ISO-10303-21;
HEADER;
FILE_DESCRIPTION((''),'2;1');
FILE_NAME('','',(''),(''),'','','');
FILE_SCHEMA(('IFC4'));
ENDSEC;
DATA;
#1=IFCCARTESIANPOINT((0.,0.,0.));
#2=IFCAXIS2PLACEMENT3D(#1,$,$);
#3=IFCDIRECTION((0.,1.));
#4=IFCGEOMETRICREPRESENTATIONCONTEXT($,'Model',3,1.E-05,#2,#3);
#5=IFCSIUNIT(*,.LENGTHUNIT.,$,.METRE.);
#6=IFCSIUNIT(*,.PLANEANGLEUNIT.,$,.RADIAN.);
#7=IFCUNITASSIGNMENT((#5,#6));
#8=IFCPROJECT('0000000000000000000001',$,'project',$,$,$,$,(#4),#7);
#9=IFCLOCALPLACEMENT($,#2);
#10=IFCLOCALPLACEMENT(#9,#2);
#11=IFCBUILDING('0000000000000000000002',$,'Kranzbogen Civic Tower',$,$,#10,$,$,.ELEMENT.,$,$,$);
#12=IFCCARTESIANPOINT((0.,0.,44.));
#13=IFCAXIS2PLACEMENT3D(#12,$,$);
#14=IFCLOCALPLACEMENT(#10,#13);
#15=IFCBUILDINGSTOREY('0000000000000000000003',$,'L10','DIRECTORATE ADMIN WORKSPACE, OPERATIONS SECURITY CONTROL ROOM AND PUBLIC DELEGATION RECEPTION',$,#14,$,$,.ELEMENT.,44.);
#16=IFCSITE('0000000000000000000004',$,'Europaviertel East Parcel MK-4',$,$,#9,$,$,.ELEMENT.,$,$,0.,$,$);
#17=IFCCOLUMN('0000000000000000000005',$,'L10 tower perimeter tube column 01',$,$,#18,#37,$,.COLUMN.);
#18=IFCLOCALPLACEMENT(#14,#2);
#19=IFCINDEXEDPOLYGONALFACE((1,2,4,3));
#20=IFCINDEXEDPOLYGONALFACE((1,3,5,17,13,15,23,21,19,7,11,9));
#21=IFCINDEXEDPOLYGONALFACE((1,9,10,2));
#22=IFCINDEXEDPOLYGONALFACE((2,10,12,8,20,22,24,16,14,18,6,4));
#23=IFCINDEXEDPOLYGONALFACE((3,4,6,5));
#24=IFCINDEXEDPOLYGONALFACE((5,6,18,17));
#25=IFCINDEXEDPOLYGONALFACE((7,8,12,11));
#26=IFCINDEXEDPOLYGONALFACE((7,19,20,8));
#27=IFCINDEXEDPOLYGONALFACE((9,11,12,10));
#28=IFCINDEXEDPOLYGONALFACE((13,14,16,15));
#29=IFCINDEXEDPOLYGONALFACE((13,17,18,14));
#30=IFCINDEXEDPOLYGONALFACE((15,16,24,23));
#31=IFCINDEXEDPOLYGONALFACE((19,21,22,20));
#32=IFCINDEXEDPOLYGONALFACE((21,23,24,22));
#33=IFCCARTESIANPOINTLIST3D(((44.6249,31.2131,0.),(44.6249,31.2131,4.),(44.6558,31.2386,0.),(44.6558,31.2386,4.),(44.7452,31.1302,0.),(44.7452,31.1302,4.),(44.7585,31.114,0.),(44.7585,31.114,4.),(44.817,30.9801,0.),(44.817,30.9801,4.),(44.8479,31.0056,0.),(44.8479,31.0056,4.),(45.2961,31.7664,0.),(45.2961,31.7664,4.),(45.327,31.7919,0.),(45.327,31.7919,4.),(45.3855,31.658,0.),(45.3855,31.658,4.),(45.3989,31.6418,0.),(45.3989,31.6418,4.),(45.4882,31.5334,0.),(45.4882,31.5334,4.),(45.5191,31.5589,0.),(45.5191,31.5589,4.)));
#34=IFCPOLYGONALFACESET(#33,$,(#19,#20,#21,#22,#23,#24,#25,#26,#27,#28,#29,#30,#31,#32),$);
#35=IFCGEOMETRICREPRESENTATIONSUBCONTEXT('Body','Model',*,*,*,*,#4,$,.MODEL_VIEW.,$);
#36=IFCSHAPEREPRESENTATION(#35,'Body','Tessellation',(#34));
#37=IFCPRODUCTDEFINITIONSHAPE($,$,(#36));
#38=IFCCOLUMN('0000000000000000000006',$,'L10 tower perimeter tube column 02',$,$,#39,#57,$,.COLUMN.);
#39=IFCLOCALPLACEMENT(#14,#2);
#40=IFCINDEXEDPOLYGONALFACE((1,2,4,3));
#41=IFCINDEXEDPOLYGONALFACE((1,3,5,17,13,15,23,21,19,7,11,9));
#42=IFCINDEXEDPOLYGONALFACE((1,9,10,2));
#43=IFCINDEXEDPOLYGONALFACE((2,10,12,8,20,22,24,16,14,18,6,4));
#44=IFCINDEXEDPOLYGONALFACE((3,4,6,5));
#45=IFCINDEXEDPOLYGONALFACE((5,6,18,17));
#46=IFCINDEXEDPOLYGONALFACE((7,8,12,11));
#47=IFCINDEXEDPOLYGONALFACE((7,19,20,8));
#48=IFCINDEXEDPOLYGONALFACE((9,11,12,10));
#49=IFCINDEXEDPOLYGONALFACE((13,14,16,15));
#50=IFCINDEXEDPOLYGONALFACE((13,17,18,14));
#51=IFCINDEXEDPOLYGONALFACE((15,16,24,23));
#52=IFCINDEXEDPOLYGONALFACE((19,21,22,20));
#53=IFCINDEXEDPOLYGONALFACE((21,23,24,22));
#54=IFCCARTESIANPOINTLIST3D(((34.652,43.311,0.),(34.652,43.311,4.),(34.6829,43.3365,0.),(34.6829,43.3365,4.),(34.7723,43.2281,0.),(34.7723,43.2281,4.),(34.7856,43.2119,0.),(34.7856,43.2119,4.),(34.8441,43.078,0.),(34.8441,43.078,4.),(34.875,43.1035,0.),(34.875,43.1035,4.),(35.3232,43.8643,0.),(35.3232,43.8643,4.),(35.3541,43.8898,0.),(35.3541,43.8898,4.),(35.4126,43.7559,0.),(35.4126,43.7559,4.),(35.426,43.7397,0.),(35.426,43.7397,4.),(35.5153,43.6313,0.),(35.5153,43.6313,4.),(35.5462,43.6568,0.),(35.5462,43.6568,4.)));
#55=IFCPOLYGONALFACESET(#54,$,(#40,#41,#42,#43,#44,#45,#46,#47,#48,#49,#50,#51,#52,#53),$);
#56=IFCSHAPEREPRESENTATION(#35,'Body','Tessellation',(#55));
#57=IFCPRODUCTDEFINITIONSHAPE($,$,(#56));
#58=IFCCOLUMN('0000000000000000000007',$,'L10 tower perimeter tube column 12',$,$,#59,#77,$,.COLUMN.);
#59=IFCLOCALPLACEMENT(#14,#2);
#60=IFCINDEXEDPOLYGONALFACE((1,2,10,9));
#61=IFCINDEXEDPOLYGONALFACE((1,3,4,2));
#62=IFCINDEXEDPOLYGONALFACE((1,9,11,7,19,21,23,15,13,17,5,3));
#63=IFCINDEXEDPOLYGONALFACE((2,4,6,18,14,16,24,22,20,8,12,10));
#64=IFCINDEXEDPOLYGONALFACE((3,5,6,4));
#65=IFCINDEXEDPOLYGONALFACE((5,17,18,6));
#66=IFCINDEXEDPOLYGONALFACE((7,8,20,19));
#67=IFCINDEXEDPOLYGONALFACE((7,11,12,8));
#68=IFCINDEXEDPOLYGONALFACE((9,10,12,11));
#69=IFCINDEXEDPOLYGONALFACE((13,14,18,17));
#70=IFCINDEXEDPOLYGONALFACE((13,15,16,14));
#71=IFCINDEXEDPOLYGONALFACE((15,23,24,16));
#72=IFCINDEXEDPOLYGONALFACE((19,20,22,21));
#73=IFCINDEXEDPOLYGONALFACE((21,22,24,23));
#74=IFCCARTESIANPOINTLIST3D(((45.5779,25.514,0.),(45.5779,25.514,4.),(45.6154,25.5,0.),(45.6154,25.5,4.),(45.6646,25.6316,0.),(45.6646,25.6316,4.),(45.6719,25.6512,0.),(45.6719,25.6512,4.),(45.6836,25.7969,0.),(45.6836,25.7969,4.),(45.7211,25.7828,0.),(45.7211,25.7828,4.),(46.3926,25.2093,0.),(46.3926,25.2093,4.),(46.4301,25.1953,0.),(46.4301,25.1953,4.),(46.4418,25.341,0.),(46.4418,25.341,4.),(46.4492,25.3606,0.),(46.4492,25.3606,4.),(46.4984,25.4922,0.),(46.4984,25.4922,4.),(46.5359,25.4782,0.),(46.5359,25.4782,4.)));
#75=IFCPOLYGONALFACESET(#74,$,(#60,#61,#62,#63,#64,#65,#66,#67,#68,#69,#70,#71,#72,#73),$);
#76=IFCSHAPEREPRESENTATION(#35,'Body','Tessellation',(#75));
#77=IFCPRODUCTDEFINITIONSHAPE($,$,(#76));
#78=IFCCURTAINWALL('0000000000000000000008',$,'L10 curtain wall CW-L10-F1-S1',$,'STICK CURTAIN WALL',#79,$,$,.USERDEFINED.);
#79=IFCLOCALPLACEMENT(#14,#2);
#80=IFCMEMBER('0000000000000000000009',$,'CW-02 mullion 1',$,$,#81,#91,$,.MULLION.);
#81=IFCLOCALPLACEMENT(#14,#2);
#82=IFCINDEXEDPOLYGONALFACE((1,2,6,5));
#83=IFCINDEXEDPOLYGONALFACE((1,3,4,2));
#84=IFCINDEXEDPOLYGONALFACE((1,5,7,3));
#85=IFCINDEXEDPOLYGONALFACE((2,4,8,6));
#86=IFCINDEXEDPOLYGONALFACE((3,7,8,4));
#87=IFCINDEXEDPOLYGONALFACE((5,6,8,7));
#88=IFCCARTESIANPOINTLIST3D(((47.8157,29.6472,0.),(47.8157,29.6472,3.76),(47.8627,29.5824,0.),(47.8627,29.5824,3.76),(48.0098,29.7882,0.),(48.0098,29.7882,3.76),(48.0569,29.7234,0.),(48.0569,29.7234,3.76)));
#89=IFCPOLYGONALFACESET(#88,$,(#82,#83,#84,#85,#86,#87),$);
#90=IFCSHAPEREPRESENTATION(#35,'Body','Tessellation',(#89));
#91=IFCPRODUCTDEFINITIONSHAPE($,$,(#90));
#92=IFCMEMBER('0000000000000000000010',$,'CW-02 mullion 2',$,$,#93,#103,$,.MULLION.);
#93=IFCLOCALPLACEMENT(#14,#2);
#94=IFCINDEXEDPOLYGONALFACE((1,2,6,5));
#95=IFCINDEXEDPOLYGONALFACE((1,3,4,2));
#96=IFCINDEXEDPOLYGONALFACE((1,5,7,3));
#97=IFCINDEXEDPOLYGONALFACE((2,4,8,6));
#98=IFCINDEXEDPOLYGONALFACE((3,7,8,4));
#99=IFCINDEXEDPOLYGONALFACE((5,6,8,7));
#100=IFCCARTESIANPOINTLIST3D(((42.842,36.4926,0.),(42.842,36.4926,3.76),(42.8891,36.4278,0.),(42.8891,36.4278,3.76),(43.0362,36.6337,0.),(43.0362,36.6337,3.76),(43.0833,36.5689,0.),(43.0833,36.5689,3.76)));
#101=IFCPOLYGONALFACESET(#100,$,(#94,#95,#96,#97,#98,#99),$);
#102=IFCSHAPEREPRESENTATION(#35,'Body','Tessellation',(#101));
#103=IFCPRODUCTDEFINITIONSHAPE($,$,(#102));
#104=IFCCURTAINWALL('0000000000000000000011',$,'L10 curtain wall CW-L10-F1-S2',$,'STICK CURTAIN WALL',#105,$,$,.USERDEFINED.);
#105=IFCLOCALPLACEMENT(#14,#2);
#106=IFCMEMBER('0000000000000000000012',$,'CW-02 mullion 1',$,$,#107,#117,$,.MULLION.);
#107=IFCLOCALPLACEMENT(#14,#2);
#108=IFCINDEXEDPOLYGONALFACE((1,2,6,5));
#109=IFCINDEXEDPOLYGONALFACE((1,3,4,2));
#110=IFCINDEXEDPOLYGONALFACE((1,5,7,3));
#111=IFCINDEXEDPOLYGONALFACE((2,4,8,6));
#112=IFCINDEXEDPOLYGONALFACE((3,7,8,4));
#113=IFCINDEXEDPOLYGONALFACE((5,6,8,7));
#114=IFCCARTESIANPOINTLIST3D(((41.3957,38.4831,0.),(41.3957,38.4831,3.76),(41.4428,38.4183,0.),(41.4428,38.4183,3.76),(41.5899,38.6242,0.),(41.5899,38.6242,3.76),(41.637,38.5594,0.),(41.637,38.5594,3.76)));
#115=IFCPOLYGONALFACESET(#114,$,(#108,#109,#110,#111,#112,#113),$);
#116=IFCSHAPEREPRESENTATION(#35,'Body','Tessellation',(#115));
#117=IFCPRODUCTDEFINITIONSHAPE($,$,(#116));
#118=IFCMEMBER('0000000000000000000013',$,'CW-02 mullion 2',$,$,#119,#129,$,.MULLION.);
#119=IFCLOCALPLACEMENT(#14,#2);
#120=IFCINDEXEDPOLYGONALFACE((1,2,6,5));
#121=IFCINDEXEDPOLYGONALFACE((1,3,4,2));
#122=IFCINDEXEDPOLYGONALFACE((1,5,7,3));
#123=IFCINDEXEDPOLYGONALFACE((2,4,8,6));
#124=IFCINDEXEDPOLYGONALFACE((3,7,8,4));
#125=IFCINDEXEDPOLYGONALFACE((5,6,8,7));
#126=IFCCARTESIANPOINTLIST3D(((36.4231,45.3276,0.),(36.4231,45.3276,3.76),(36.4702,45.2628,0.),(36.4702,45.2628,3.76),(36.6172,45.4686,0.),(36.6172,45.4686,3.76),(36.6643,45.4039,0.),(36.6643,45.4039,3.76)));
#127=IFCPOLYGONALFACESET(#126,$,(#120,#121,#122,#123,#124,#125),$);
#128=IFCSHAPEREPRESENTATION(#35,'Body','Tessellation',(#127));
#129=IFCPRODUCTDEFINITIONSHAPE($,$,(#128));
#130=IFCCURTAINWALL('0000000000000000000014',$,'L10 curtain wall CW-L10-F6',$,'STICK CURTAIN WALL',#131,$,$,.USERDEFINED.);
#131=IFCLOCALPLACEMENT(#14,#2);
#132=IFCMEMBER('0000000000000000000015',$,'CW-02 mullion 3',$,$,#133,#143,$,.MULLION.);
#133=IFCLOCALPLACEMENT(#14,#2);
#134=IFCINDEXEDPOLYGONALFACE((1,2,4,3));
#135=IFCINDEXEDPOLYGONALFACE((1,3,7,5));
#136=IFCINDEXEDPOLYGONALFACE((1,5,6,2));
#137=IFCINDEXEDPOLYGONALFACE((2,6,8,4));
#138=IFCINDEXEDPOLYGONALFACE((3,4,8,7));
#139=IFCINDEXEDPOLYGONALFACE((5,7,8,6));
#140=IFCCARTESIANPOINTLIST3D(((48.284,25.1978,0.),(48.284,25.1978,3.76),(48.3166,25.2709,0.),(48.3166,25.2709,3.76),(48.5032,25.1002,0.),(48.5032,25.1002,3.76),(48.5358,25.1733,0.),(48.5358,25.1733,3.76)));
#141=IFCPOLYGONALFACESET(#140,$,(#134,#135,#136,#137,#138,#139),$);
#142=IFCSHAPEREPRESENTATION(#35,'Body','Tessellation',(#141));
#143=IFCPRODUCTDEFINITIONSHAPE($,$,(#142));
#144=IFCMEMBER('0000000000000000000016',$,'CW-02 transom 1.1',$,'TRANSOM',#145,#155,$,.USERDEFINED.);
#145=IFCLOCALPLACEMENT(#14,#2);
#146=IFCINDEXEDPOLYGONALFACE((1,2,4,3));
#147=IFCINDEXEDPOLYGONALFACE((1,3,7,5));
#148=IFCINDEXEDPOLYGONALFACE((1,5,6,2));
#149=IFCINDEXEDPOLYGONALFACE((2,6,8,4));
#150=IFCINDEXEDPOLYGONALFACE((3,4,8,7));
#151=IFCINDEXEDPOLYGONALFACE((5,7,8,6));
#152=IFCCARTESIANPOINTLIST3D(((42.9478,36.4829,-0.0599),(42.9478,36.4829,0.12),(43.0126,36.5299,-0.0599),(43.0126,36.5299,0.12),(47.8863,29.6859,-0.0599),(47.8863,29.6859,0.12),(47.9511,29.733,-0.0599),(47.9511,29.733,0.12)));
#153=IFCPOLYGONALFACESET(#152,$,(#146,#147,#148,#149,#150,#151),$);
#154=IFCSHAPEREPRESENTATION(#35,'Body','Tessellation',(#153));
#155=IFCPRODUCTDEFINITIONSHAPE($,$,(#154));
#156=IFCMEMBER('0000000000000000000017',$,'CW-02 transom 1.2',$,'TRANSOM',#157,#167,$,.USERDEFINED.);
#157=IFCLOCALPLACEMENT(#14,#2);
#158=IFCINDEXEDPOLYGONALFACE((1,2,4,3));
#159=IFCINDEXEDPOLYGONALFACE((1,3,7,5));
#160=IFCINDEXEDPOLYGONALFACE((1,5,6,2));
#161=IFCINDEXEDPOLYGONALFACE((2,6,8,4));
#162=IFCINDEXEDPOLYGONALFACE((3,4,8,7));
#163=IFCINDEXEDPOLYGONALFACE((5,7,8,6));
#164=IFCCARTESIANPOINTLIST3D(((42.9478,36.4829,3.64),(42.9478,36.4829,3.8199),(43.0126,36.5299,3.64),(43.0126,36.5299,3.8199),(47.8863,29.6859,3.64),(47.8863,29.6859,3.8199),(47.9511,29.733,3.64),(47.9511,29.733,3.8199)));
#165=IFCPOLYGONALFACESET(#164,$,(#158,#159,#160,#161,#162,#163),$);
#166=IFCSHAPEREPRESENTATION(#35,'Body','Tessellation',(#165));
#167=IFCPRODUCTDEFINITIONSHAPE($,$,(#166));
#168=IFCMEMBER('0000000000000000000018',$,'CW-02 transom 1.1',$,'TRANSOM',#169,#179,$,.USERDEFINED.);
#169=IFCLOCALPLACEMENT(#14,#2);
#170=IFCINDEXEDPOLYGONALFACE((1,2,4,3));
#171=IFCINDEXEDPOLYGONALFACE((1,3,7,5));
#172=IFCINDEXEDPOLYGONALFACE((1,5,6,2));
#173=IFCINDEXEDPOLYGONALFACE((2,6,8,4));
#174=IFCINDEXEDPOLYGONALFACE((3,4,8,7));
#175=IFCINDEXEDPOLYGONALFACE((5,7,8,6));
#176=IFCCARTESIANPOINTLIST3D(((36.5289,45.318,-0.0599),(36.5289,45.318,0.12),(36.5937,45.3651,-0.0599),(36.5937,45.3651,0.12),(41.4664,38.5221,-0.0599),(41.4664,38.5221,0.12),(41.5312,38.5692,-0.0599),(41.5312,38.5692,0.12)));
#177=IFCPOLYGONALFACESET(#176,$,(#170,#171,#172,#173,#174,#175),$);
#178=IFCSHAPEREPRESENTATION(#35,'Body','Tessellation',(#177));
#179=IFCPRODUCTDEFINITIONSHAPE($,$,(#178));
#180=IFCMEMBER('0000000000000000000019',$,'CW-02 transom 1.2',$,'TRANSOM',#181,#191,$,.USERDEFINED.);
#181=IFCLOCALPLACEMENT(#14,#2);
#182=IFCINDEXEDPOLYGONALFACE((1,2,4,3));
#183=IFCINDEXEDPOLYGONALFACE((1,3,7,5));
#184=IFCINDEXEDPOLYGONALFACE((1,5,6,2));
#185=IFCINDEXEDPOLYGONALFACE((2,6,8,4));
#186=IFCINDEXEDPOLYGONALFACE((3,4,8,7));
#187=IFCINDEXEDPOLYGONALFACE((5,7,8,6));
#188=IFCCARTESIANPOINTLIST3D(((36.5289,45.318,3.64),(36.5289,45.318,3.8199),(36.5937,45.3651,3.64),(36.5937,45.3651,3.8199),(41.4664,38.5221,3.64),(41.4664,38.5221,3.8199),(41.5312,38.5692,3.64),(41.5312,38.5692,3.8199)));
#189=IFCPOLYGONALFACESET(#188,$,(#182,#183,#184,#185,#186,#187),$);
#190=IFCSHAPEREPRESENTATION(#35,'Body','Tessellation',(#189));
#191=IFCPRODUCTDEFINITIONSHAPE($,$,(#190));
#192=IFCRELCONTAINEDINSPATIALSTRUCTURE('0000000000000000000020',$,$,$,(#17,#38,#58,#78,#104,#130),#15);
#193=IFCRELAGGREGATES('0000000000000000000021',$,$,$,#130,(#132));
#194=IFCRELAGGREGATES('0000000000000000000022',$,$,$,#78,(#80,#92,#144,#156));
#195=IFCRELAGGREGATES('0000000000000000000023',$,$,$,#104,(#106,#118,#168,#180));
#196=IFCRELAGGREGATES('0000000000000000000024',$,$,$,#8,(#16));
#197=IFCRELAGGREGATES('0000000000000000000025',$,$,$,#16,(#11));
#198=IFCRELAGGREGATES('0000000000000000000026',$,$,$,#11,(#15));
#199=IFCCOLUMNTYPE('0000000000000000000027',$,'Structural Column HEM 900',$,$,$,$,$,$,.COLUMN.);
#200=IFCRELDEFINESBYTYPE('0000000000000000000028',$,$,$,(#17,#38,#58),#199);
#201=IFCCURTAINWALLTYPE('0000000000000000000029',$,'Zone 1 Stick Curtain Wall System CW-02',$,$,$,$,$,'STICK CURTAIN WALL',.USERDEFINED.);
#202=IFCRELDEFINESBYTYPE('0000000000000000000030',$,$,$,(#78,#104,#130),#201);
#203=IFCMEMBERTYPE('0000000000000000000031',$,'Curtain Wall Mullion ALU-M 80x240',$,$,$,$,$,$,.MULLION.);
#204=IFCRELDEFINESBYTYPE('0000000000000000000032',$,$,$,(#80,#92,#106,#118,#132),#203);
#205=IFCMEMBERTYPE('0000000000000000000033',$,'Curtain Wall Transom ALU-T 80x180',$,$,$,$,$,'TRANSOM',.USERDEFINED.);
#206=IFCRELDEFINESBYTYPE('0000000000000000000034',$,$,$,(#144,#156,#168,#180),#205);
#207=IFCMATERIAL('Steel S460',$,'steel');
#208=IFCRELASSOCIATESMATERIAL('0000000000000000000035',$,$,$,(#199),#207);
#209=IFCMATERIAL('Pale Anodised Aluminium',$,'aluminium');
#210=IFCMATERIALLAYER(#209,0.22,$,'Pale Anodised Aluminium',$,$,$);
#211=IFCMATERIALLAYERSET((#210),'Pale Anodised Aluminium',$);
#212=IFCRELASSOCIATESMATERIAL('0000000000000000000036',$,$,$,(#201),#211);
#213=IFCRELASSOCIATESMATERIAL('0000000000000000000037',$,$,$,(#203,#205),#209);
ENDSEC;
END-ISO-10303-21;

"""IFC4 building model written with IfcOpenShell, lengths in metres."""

from ifc_helpers import new_model, si_unit, direction, frame, origin, origin_2d, place, context, subcontext, project, spatial, rectangle, i_section, extrude, material, layer, layer_set, material_profile, profile_set, type_object, element, aggregate, save


model = new_model("IFC4")

# Units and contexts
model_context = context("Model", 3, precision=1e-05, world=origin(), true_north=direction((0.0, 1.0)))
body_context = subcontext(model_context, "Body", "Model", "MODEL_VIEW")
ifc_project = project(units=[si_unit("LENGTHUNIT", "METRE"), si_unit("PLANEANGLEUNIT", "RADIAN")], contexts=[model_context])

# Site, building, storey
site_placement = place(None, origin())
site = spatial("IfcSite", under=ifc_project, at=site_placement, Name="Europaviertel East Parcel MK-4", CompositionType="ELEMENT", RefElevation=0.0)
building_placement = place(site_placement, origin())
building = spatial("IfcBuilding", under=site, at=building_placement, Name="Kranzbogen Civic Tower", CompositionType="ELEMENT")
storey_placement = place(building_placement, frame((0.0, 0.0, 44.0)))
storey = spatial("IfcBuildingStorey", under=building, at=storey_placement, Name="L10", Description="DIRECTORATE ADMIN WORKSPACE, OPERATIONS SECURITY CONTROL ROOM AND PUBLIC DELEGATION RECEPTION", CompositionType="ELEMENT", Elevation=44.0)

# Columns
ifc_material_1 = material(Name="Steel S460", Category="steel")
ifc_material_profile_1 = material_profile(ifc_material_1, i_section(OverallWidth=0.302, OverallDepth=0.9099, WebThickness=0.021, FlangeThickness=0.04, at=origin_2d()), Name="HEM 900")
ifc_profile_set_1 = profile_set([ifc_material_profile_1], Name="Steel S460")
column_type = type_object("IfcColumnType", Name="Structural Column HEM 900", PredefinedType="COLUMN", material=ifc_profile_set_1)
for number, where, z_axis, x_axis, name in (
    (1, (45.072, 31.386, 0.0), (0.0, 0.0, 1.0), (-0.636078, 0.771625, 0.0), "L10 tower perimeter tube column 01"),
    (2, (35.0991, 43.4839, 0.0), (0.0, 0.0, 1.0), (-0.636078, 0.771625, 0.0), "L10 tower perimeter tube column 02"),
    (3, (46.0569, 25.4961, 0.0), (0.0, 0.0, 1.0), (0.350207, 0.936672, 0.0), "L10 tower perimeter tube column 12"),
):
    element("IfcColumn", number, at=place(storey_placement, frame(where, z_axis=z_axis, x_axis=x_axis)), inside=storey, type_object=column_type, Name=name, PredefinedType="COLUMN", context=body_context, shape_type="SweptSolid", body=[
        extrude(i_section(OverallWidth=0.302, OverallDepth=0.9099, WebThickness=0.021, FlangeThickness=0.04, at=origin_2d()), origin(), (0.0, 0.0, 1.0), 4.0),
    ])

# Curtain walls, members
ifc_material_2 = material(Name="Pale Anodised Aluminium", Category="aluminium")
ifc_layer_1 = layer(ifc_material_2, 0.22, Name="Pale Anodised Aluminium")
ifc_layer_set_1 = layer_set([ifc_layer_1], Name="Pale Anodised Aluminium")
curtain_wall_type = type_object("IfcCurtainWallType", Name="Zone 1 Stick Curtain Wall System CW-02", ElementType="STICK CURTAIN WALL", PredefinedType="USERDEFINED", material=ifc_layer_set_1)
curtain_wall_1_placement = place(storey_placement, origin())
curtain_wall_1 = element("IfcCurtainWall", 4, at=curtain_wall_1_placement, inside=storey, type_object=curtain_wall_type, Name="L10 curtain wall CW-L10-F1-S1", ObjectType="STICK CURTAIN WALL", PredefinedType="USERDEFINED")
ifc_material_profile_2 = material_profile(ifc_material_2, rectangle(XDim=0.0801, YDim=0.24, at=origin_2d()), Name="ALU-M 80x240")
ifc_profile_set_2 = profile_set([ifc_material_profile_2], Name="Pale Anodised Aluminium")
member_type_1 = type_object("IfcMemberType", Name="Curtain Wall Mullion ALU-M 80x240", PredefinedType="MULLION", material=ifc_profile_set_2)
member_1_placement = place(storey_placement, frame((47.9363, 29.6853, 0.0), z_axis=(0.0, 0.0, 1.0), x_axis=(-0.587802, 0.809005, 0.0)))
member_1 = element("IfcMember", 5, at=member_1_placement, type_object=member_type_1, Name="CW-02 mullion 1", PredefinedType="MULLION", context=body_context, shape_type="SweptSolid", body=[
    extrude(rectangle(XDim=0.0801, YDim=0.24, at=origin_2d()), origin(), (0.0, 0.0, 1.0), 3.76),
])
member_2_placement = place(storey_placement, frame((42.9626, 36.5308, 0.0), z_axis=(0.0, 0.0, 1.0), x_axis=(-0.587802, 0.809005, 0.0)))
member_2 = element("IfcMember", 6, at=member_2_placement, type_object=member_type_1, Name="CW-02 mullion 2", PredefinedType="MULLION", context=body_context, shape_type="SweptSolid", body=[
    extrude(rectangle(XDim=0.0801, YDim=0.24, at=origin_2d()), origin(), (0.0, 0.0, 1.0), 3.76),
])
curtain_wall_2_placement = place(storey_placement, origin())
curtain_wall_2 = element("IfcCurtainWall", 7, at=curtain_wall_2_placement, inside=storey, type_object=curtain_wall_type, Name="L10 curtain wall CW-L10-F1-S2", ObjectType="STICK CURTAIN WALL", PredefinedType="USERDEFINED")
member_3_placement = place(storey_placement, frame((41.5164, 38.5212, 0.0), z_axis=(0.0, 0.0, 1.0), x_axis=(-0.587781, 0.80902, 0.0)))
member_3 = element("IfcMember", 8, at=member_3_placement, type_object=member_type_1, Name="CW-02 mullion 1", PredefinedType="MULLION", context=body_context, shape_type="SweptSolid", body=[
    extrude(rectangle(XDim=0.0801, YDim=0.24, at=origin_2d()), origin(), (0.0, 0.0, 1.0), 3.76),
])
member_4_placement = place(storey_placement, frame((36.5437, 45.3657, 0.0), z_axis=(0.0, 0.0, 1.0), x_axis=(-0.587781, 0.80902, 0.0)))
member_4 = element("IfcMember", 9, at=member_4_placement, type_object=member_type_1, Name="CW-02 mullion 2", PredefinedType="MULLION", context=body_context, shape_type="SweptSolid", body=[
    extrude(rectangle(XDim=0.0801, YDim=0.24, at=origin_2d()), origin(), (0.0, 0.0, 1.0), 3.76),
])

# Curtain wall, member
curtain_wall_3_placement = place(storey_placement, origin())
curtain_wall_3 = element("IfcCurtainWall", 10, at=curtain_wall_3_placement, inside=storey, type_object=curtain_wall_type, Name="L10 curtain wall CW-L10-F6", ObjectType="STICK CURTAIN WALL", PredefinedType="USERDEFINED")
member_5_placement = place(storey_placement, frame((48.4099, 25.1855, 0.0), z_axis=(0.0, 0.0, 1.0), x_axis=(0.406749, 0.91354, 0.0)))
member_5 = element("IfcMember", 11, at=member_5_placement, type_object=member_type_1, Name="CW-02 mullion 3", PredefinedType="MULLION", context=body_context, shape_type="SweptSolid", body=[
    extrude(rectangle(XDim=0.0801, YDim=0.24, at=origin_2d()), origin(), (0.0, 0.0, 1.0), 3.76),
])
aggregate(curtain_wall_3, [member_5])

# Members
ifc_material_profile_3 = material_profile(ifc_material_2, rectangle(XDim=0.0801, YDim=0.1799, at=origin_2d()), Name="ALU-T 80x180")
ifc_profile_set_3 = profile_set([ifc_material_profile_3], Name="Pale Anodised Aluminium")
member_type_2 = type_object("IfcMemberType", Name="Curtain Wall Transom ALU-T 80x180", ElementType="TRANSOM", PredefinedType="USERDEFINED", material=ifc_profile_set_3)
member_6_placement = place(storey_placement, frame((47.9187, 29.7095, 0.03), z_axis=(-0.587805, 0.809002, 0.0), x_axis=(-0.809002, -0.587805, 0.0)))
member_6 = element("IfcMember", 12, at=member_6_placement, type_object=member_type_2, Name="CW-02 transom 1.1", ObjectType="TRANSOM", PredefinedType="USERDEFINED", context=body_context, shape_type="SweptSolid", body=[
    extrude(rectangle(XDim=0.0801, YDim=0.1799, at=origin_2d()), origin(), (0.0, 0.0, 1.0), 8.4016),
])
member_7_placement = place(storey_placement, frame((47.9187, 29.7095, 3.73), z_axis=(-0.587805, 0.809002, 0.0), x_axis=(-0.809002, -0.587805, 0.0)))
member_7 = element("IfcMember", 13, at=member_7_placement, type_object=member_type_2, Name="CW-02 transom 1.2", ObjectType="TRANSOM", PredefinedType="USERDEFINED", context=body_context, shape_type="SweptSolid", body=[
    extrude(rectangle(XDim=0.0801, YDim=0.1799, at=origin_2d()), origin(), (0.0, 0.0, 1.0), 8.4016),
])
member_8_placement = place(storey_placement, frame((41.4988, 38.5457, 0.03), z_axis=(-0.587785, 0.809018, 0.0), x_axis=(-0.809018, -0.587785, 0.0)))
member_8 = element("IfcMember", 14, at=member_8_placement, type_object=member_type_2, Name="CW-02 transom 1.1", ObjectType="TRANSOM", PredefinedType="USERDEFINED", context=body_context, shape_type="SweptSolid", body=[
    extrude(rectangle(XDim=0.0801, YDim=0.1799, at=origin_2d()), origin(), (0.0, 0.0, 1.0), 8.4001),
])
member_9_placement = place(storey_placement, frame((41.4988, 38.5457, 3.73), z_axis=(-0.587785, 0.809018, 0.0), x_axis=(-0.809018, -0.587785, 0.0)))
member_9 = element("IfcMember", 15, at=member_9_placement, type_object=member_type_2, Name="CW-02 transom 1.2", ObjectType="TRANSOM", PredefinedType="USERDEFINED", context=body_context, shape_type="SweptSolid", body=[
    extrude(rectangle(XDim=0.0801, YDim=0.1799, at=origin_2d()), origin(), (0.0, 0.0, 1.0), 8.4001),
])

aggregate(curtain_wall_1, [member_1, member_2, member_6, member_7])
aggregate(curtain_wall_2, [member_3, member_4, member_8, member_9])

save(model, "model.ifc")
